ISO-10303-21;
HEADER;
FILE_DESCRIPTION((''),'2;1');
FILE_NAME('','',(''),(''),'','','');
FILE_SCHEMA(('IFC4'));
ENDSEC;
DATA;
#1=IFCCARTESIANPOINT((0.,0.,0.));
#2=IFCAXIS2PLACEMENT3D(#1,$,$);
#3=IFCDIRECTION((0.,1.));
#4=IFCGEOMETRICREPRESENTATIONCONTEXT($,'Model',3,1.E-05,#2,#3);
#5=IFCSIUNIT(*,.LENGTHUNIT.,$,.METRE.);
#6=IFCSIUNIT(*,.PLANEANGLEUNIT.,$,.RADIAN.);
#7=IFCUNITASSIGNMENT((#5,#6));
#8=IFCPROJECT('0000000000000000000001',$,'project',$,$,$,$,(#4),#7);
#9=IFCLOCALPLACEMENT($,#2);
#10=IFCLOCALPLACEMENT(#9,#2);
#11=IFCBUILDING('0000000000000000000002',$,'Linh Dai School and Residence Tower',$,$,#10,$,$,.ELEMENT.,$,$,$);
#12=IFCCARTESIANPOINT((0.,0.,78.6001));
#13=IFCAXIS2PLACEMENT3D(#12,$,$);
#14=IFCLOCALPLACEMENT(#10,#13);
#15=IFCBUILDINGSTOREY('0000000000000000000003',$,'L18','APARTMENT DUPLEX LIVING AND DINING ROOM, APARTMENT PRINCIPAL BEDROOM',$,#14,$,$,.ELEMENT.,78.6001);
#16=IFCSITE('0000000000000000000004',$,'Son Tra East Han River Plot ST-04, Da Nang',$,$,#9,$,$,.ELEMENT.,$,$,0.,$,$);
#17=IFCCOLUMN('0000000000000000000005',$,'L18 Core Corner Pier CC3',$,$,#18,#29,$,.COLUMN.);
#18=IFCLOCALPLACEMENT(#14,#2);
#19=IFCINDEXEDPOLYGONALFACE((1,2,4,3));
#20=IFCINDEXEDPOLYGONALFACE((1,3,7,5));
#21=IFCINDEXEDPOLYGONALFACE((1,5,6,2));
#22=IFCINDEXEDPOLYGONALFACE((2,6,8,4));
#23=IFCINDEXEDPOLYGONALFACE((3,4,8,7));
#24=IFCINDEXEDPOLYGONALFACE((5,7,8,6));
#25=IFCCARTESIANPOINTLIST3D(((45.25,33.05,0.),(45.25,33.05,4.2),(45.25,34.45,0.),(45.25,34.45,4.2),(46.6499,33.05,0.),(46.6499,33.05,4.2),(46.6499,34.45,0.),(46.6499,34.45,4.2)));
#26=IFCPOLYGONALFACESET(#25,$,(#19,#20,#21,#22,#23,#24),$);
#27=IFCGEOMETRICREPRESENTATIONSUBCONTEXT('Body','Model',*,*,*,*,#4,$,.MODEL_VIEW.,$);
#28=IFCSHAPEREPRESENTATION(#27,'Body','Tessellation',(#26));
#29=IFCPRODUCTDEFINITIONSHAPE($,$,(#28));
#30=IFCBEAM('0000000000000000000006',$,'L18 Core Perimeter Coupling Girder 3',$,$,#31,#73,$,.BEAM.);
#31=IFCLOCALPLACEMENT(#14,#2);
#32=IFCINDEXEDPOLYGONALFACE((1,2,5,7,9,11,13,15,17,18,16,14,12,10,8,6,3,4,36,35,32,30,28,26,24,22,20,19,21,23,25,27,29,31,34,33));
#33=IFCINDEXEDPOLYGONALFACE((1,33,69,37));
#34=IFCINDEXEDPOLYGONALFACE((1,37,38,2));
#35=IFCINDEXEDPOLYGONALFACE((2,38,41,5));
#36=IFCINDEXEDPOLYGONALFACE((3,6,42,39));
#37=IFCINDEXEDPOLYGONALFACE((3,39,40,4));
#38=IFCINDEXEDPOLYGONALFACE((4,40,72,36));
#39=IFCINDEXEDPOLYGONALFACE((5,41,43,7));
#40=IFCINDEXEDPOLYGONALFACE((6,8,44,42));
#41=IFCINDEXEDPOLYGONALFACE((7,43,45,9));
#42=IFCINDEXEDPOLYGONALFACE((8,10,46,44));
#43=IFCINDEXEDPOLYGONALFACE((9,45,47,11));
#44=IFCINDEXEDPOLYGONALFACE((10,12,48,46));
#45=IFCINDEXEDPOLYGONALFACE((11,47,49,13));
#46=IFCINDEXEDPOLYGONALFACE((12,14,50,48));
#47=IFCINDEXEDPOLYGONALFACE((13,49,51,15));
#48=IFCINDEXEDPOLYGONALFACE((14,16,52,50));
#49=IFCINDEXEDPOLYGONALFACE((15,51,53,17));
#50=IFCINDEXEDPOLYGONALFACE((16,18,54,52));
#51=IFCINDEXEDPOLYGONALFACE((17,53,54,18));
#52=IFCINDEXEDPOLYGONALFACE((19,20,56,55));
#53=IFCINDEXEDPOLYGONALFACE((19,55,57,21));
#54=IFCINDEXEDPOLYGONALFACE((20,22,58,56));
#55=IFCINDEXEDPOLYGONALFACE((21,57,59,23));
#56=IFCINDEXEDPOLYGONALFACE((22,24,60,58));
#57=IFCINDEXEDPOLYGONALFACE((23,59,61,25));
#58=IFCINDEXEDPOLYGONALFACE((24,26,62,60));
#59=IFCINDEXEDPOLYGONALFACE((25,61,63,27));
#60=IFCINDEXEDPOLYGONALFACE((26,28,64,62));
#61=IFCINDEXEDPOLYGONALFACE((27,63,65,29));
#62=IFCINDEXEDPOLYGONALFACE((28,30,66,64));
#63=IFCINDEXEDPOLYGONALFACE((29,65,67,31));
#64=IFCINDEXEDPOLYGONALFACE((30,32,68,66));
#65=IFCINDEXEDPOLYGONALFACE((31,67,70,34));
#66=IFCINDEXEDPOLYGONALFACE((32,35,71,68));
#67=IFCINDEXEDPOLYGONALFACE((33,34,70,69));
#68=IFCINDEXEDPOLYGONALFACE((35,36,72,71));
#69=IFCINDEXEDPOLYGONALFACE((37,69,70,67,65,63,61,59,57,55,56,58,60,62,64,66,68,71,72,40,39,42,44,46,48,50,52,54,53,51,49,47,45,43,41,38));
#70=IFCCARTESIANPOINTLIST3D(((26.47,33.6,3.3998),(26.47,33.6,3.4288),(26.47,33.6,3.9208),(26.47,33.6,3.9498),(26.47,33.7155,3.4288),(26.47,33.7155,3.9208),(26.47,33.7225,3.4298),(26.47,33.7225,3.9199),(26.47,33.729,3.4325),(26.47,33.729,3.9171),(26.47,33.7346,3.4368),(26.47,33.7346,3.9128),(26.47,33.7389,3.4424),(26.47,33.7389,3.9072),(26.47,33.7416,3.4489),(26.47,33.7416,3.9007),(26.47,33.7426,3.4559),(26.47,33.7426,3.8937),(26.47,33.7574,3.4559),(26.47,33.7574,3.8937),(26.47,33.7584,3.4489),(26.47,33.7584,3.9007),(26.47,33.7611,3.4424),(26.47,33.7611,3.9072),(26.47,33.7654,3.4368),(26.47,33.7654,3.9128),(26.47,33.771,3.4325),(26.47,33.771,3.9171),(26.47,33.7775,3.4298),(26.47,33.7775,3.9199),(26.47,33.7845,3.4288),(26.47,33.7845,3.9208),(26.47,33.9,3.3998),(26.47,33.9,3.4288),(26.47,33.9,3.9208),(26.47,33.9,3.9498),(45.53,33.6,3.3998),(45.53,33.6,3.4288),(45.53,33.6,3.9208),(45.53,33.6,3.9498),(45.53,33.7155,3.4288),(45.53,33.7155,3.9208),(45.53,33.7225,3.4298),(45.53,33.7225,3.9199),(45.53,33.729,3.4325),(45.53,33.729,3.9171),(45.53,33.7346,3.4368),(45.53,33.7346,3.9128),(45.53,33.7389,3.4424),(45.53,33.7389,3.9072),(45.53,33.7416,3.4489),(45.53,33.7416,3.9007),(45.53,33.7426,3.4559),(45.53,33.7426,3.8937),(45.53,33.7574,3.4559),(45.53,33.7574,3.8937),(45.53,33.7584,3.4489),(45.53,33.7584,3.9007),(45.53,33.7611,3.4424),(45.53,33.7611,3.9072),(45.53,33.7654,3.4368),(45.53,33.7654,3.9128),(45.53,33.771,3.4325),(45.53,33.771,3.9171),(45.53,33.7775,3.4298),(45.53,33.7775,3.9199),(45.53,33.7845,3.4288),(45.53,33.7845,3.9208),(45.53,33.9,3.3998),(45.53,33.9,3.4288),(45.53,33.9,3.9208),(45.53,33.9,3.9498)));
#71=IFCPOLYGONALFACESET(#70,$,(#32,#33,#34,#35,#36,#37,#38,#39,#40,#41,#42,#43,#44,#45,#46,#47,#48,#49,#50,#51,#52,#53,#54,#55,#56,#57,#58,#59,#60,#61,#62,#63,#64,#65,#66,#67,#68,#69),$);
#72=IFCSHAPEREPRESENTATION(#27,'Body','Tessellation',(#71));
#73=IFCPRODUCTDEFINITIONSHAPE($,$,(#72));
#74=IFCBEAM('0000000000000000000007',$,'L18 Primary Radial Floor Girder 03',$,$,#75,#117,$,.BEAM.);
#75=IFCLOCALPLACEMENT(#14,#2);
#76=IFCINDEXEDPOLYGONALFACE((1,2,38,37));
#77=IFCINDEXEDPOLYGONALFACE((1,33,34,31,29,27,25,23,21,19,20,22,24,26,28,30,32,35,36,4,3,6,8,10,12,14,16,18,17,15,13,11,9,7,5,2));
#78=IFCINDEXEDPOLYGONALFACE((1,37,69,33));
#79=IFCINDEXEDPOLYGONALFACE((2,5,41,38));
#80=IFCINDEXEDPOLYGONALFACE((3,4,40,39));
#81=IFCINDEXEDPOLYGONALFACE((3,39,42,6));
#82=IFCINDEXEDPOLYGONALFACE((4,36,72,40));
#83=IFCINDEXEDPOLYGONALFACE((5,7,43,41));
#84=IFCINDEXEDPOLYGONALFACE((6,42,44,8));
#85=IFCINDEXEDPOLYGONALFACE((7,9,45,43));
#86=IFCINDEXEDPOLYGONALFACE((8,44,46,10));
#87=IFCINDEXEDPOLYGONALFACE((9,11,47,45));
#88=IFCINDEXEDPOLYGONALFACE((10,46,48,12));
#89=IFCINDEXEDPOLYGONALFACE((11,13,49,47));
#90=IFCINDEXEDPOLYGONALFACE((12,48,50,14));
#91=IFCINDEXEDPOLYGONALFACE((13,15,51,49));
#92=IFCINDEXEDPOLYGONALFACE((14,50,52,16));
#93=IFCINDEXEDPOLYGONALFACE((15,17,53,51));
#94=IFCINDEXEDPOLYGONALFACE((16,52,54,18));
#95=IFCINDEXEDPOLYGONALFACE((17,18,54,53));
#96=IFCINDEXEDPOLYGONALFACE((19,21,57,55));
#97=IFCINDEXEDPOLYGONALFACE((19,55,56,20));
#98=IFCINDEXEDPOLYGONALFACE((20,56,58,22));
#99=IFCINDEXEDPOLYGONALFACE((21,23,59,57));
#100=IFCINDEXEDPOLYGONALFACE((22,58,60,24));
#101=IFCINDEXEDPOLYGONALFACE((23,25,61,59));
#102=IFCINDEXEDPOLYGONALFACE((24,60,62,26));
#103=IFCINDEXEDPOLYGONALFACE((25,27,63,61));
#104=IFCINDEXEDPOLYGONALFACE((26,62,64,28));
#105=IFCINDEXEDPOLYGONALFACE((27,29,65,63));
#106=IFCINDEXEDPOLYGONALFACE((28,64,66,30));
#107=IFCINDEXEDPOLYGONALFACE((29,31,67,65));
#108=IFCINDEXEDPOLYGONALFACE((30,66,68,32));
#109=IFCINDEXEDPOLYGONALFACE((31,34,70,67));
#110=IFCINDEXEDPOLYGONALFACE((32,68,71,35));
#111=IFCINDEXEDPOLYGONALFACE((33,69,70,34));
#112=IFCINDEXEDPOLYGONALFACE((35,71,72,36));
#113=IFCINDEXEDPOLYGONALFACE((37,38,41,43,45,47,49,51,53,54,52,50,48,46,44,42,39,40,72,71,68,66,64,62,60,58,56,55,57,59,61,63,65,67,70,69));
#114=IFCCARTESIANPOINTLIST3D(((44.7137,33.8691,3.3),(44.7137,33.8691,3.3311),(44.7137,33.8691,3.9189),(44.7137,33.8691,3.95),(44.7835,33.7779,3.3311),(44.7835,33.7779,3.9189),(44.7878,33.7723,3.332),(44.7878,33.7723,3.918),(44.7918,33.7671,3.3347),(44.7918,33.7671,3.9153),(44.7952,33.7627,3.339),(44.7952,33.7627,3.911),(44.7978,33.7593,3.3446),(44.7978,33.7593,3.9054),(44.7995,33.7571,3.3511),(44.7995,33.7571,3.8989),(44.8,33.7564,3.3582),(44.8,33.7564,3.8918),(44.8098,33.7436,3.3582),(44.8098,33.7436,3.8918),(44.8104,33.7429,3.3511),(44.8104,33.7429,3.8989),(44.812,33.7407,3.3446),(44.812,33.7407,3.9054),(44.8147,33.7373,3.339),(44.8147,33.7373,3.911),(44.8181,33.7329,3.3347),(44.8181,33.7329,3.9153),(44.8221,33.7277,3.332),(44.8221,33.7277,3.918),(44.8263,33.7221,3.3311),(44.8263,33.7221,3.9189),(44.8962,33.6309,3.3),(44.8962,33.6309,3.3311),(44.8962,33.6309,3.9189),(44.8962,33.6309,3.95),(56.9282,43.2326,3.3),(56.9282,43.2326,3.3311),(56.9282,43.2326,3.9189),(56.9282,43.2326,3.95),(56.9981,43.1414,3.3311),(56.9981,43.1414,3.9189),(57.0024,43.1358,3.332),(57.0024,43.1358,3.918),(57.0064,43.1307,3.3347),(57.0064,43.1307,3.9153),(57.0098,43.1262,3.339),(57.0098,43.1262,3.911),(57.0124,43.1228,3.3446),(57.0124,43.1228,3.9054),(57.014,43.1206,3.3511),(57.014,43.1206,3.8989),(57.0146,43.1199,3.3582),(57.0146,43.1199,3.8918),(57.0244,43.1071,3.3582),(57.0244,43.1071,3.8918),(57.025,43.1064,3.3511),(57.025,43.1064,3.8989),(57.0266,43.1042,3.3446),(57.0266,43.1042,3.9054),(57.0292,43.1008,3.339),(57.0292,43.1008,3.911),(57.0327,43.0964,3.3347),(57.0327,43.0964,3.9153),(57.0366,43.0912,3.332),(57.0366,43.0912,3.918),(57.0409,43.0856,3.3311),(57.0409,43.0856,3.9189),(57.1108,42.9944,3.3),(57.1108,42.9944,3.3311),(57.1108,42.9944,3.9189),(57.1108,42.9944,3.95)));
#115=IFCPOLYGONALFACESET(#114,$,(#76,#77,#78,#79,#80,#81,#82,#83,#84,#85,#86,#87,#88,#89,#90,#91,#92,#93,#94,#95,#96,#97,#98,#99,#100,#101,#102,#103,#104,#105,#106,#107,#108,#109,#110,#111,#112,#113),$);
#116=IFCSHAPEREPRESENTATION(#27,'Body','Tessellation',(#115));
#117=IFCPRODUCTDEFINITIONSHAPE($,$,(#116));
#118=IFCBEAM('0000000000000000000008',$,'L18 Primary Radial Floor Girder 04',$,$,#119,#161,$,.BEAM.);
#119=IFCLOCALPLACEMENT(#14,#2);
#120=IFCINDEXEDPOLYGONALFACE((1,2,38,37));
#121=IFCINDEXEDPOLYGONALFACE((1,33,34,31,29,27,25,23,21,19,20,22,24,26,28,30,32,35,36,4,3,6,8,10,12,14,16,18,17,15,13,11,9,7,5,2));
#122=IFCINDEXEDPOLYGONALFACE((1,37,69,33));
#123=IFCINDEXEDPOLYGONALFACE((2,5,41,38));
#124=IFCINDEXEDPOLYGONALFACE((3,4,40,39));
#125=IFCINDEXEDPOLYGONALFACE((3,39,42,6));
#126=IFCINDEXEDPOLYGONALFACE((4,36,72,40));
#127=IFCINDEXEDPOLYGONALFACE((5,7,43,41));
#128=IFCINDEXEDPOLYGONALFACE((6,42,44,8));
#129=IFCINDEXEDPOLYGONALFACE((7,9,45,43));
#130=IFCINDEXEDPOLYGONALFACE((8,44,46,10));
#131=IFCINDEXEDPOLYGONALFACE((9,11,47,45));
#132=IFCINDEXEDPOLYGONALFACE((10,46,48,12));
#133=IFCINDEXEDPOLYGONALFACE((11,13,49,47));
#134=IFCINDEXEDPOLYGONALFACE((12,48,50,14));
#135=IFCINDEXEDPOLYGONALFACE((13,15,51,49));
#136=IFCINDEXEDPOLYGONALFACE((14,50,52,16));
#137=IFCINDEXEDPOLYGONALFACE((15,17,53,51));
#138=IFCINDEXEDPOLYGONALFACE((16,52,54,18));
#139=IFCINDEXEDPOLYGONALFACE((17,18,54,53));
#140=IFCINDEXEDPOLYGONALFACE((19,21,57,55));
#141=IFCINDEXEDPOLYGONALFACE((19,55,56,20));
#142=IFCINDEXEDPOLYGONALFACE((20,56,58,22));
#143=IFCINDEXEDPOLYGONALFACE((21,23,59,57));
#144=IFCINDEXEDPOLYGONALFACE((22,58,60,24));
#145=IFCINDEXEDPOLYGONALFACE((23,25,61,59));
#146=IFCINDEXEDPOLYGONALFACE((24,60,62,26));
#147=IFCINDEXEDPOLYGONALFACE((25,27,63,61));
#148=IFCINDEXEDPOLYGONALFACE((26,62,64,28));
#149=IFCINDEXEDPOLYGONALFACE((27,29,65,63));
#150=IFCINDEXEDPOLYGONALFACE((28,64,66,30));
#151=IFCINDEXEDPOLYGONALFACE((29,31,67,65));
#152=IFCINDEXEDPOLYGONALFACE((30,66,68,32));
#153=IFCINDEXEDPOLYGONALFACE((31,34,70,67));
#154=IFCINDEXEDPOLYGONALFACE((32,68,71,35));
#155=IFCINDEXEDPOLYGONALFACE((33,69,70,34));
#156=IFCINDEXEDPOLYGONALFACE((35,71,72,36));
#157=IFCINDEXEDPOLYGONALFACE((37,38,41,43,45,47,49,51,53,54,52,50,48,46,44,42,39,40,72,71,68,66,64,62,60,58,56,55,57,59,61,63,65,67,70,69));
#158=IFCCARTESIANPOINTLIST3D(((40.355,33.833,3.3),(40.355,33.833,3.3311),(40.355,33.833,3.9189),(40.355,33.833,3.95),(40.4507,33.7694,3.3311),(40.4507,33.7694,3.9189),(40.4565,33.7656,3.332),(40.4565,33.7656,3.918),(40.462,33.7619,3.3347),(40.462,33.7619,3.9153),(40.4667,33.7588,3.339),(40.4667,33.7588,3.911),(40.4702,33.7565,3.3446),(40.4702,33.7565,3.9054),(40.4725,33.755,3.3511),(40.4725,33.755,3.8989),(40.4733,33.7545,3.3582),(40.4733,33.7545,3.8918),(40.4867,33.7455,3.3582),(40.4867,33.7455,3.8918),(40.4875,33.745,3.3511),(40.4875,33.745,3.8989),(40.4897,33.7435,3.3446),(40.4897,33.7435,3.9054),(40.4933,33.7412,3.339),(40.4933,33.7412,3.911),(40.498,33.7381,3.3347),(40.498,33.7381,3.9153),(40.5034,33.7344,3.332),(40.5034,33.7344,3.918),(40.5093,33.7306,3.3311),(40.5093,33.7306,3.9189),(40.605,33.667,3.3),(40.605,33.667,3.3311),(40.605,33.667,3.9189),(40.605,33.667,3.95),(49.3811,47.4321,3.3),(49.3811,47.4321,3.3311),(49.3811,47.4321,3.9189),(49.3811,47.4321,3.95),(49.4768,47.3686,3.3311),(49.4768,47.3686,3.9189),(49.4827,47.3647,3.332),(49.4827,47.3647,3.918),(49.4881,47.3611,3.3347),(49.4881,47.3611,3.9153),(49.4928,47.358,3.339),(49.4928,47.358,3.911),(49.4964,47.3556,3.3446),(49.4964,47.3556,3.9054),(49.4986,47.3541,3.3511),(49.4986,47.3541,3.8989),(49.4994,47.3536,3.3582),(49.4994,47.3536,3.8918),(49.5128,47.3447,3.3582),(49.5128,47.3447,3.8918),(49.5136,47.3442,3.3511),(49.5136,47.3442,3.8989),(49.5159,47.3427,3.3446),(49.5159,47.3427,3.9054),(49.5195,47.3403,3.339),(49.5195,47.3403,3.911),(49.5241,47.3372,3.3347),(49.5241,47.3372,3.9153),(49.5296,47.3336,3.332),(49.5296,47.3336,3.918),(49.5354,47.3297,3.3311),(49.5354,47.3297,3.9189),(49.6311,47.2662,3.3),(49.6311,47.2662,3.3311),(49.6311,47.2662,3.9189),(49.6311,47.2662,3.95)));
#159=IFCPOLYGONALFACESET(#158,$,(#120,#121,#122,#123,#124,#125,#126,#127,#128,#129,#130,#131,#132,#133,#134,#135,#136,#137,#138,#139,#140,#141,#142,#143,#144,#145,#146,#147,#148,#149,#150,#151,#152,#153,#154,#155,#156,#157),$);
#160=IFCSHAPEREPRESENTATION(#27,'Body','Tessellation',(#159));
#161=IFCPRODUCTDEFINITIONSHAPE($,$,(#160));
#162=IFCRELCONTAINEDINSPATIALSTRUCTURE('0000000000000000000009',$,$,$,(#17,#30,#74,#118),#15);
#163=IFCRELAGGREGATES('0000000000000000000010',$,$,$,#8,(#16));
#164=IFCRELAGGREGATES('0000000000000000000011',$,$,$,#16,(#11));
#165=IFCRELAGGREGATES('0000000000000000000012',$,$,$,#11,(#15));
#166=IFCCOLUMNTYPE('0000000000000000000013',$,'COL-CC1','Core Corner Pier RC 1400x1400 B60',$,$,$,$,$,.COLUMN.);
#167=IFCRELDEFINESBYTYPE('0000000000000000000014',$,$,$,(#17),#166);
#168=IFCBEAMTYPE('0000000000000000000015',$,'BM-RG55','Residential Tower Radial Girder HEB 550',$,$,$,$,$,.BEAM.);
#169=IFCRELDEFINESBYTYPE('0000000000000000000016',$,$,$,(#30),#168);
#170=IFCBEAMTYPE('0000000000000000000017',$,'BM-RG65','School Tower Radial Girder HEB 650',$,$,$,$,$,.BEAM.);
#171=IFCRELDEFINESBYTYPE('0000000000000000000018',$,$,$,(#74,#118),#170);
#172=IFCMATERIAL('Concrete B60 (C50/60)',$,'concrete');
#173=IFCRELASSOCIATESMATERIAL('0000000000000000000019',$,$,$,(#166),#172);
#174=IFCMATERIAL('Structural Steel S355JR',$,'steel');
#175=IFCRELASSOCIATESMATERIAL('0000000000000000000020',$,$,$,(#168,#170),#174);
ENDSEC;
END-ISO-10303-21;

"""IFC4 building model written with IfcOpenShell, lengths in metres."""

from ifc_helpers import new_model, si_unit, direction, frame, origin, origin_2d, place, context, subcontext, project, spatial, rectangle, i_section, extrude, material, material_profile, profile_set, type_object, element, save


model = new_model("IFC4")

# Units and contexts
model_context = context("Model", 3, precision=1e-05, world=origin(), true_north=direction((0.0, 1.0)))
body_context = subcontext(model_context, "Body", "Model", "MODEL_VIEW")
ifc_project = project(units=[si_unit("LENGTHUNIT", "METRE"), si_unit("PLANEANGLEUNIT", "RADIAN")], contexts=[model_context])

# Site, building, storey
site_placement = place(None, origin())
site = spatial("IfcSite", under=ifc_project, at=site_placement, Name="Son Tra East Han River Plot ST-04, Da Nang", CompositionType="ELEMENT", RefElevation=0.0)
building_placement = place(site_placement, origin())
building = spatial("IfcBuilding", under=site, at=building_placement, Name="Linh Dai School and Residence Tower", CompositionType="ELEMENT")
storey_placement = place(building_placement, frame((0.0, 0.0, 78.6001)))
storey = spatial("IfcBuildingStorey", under=building, at=storey_placement, Name="L18", Description="APARTMENT DUPLEX LIVING AND DINING ROOM, APARTMENT PRINCIPAL BEDROOM", CompositionType="ELEMENT", Elevation=78.6001)

# Column
ifc_material_1 = material(Name="Concrete B60 (C50/60)", Category="concrete")
ifc_material_profile_1 = material_profile(ifc_material_1, rectangle(XDim=1.3999, YDim=1.3999, at=origin_2d()), Name="RC 1400x1400")
ifc_profile_set_1 = profile_set([ifc_material_profile_1], Name="Concrete B60 (C50/60)")
column_type = type_object("IfcColumnType", Name="COL-CC1", Description="Core Corner Pier RC 1400x1400 B60", PredefinedType="COLUMN", material=ifc_profile_set_1)
column_placement = place(storey_placement, frame((45.95, 33.75, 0.0), z_axis=(0.0, 0.0, 1.0), x_axis=(1.0, 0.0, 0.0)))
element("IfcColumn", 1, at=column_placement, inside=storey, type_object=column_type, Name="L18 Core Corner Pier CC3", PredefinedType="COLUMN", context=body_context, shape_type="SweptSolid", body=[
    extrude(rectangle(XDim=1.3999, YDim=1.3999, at=origin_2d()), origin(), (0.0, 0.0, 1.0), 4.2),
])

# Beams
ifc_material_2 = material(Name="Structural Steel S355JR", Category="steel")
ifc_material_profile_2 = material_profile(ifc_material_2, i_section(OverallWidth=0.3, OverallDepth=0.55, WebThickness=0.0149, FlangeThickness=0.0291, FilletRadius=0.0271, at=origin_2d()), Name="HEB 550")
ifc_profile_set_2 = profile_set([ifc_material_profile_2], Name="Structural Steel S355JR")
beam_type_1 = type_object("IfcBeamType", Name="BM-RG55", Description="Residential Tower Radial Girder HEB 550", PredefinedType="BEAM", material=ifc_profile_set_2)
beam_1_placement = place(storey_placement, frame((45.53, 33.75, 3.6748), z_axis=(-1.0, 0.0, 0.0), x_axis=(0.0, -1.0, 0.0)))
element("IfcBeam", 2, at=beam_1_placement, inside=storey, type_object=beam_type_1, Name="L18 Core Perimeter Coupling Girder 3", PredefinedType="BEAM", context=body_context, shape_type="SweptSolid", body=[
    extrude(i_section(OverallWidth=0.3, OverallDepth=0.55, WebThickness=0.0149, FlangeThickness=0.0291, FilletRadius=0.0271, at=origin_2d()), origin(), (0.0, 0.0, 1.0), 19.0601),
])
ifc_material_profile_3 = material_profile(ifc_material_2, i_section(OverallWidth=0.3, OverallDepth=0.6499, WebThickness=0.0161, FlangeThickness=0.031, FilletRadius=0.0271, at=origin_2d()), Name="HEB 650")
ifc_profile_set_3 = profile_set([ifc_material_profile_3], Name="Structural Steel S355JR")
beam_type_2 = type_object("IfcBeamType", Name="BM-RG65", Description="School Tower Radial Girder HEB 650", PredefinedType="BEAM", material=ifc_profile_set_3)
beam_2_placement = place(storey_placement, frame((44.8049, 33.75, 3.625), z_axis=(0.793638, 0.608391, 0.0), x_axis=(-0.608391, 0.793638, 0.0)))
element("IfcBeam", 3, at=beam_2_placement, inside=storey, type_object=beam_type_2, Name="L18 Primary Radial Floor Girder 03", PredefinedType="BEAM", context=body_context, shape_type="SweptSolid", body=[
    extrude(i_section(OverallWidth=0.3, OverallDepth=0.6499, WebThickness=0.0161, FlangeThickness=0.031, FilletRadius=0.0271, at=origin_2d()), origin(), (0.0, 0.0, 1.0), 15.3906),
])
beam_3_placement = place(storey_placement, frame((40.48, 33.75, 3.625), z_axis=(0.553004, 0.833178, 0.0), x_axis=(-0.833178, 0.553004, 0.0)))
element("IfcBeam", 4, at=beam_3_placement, inside=storey, type_object=beam_type_2, Name="L18 Primary Radial Floor Girder 04", PredefinedType="BEAM", context=body_context, shape_type="SweptSolid", body=[
    extrude(i_section(OverallWidth=0.3, OverallDepth=0.6499, WebThickness=0.0161, FlangeThickness=0.031, FilletRadius=0.0271, at=origin_2d()), origin(), (0.0, 0.0, 1.0), 16.322),
])

save(model, "model.ifc")
